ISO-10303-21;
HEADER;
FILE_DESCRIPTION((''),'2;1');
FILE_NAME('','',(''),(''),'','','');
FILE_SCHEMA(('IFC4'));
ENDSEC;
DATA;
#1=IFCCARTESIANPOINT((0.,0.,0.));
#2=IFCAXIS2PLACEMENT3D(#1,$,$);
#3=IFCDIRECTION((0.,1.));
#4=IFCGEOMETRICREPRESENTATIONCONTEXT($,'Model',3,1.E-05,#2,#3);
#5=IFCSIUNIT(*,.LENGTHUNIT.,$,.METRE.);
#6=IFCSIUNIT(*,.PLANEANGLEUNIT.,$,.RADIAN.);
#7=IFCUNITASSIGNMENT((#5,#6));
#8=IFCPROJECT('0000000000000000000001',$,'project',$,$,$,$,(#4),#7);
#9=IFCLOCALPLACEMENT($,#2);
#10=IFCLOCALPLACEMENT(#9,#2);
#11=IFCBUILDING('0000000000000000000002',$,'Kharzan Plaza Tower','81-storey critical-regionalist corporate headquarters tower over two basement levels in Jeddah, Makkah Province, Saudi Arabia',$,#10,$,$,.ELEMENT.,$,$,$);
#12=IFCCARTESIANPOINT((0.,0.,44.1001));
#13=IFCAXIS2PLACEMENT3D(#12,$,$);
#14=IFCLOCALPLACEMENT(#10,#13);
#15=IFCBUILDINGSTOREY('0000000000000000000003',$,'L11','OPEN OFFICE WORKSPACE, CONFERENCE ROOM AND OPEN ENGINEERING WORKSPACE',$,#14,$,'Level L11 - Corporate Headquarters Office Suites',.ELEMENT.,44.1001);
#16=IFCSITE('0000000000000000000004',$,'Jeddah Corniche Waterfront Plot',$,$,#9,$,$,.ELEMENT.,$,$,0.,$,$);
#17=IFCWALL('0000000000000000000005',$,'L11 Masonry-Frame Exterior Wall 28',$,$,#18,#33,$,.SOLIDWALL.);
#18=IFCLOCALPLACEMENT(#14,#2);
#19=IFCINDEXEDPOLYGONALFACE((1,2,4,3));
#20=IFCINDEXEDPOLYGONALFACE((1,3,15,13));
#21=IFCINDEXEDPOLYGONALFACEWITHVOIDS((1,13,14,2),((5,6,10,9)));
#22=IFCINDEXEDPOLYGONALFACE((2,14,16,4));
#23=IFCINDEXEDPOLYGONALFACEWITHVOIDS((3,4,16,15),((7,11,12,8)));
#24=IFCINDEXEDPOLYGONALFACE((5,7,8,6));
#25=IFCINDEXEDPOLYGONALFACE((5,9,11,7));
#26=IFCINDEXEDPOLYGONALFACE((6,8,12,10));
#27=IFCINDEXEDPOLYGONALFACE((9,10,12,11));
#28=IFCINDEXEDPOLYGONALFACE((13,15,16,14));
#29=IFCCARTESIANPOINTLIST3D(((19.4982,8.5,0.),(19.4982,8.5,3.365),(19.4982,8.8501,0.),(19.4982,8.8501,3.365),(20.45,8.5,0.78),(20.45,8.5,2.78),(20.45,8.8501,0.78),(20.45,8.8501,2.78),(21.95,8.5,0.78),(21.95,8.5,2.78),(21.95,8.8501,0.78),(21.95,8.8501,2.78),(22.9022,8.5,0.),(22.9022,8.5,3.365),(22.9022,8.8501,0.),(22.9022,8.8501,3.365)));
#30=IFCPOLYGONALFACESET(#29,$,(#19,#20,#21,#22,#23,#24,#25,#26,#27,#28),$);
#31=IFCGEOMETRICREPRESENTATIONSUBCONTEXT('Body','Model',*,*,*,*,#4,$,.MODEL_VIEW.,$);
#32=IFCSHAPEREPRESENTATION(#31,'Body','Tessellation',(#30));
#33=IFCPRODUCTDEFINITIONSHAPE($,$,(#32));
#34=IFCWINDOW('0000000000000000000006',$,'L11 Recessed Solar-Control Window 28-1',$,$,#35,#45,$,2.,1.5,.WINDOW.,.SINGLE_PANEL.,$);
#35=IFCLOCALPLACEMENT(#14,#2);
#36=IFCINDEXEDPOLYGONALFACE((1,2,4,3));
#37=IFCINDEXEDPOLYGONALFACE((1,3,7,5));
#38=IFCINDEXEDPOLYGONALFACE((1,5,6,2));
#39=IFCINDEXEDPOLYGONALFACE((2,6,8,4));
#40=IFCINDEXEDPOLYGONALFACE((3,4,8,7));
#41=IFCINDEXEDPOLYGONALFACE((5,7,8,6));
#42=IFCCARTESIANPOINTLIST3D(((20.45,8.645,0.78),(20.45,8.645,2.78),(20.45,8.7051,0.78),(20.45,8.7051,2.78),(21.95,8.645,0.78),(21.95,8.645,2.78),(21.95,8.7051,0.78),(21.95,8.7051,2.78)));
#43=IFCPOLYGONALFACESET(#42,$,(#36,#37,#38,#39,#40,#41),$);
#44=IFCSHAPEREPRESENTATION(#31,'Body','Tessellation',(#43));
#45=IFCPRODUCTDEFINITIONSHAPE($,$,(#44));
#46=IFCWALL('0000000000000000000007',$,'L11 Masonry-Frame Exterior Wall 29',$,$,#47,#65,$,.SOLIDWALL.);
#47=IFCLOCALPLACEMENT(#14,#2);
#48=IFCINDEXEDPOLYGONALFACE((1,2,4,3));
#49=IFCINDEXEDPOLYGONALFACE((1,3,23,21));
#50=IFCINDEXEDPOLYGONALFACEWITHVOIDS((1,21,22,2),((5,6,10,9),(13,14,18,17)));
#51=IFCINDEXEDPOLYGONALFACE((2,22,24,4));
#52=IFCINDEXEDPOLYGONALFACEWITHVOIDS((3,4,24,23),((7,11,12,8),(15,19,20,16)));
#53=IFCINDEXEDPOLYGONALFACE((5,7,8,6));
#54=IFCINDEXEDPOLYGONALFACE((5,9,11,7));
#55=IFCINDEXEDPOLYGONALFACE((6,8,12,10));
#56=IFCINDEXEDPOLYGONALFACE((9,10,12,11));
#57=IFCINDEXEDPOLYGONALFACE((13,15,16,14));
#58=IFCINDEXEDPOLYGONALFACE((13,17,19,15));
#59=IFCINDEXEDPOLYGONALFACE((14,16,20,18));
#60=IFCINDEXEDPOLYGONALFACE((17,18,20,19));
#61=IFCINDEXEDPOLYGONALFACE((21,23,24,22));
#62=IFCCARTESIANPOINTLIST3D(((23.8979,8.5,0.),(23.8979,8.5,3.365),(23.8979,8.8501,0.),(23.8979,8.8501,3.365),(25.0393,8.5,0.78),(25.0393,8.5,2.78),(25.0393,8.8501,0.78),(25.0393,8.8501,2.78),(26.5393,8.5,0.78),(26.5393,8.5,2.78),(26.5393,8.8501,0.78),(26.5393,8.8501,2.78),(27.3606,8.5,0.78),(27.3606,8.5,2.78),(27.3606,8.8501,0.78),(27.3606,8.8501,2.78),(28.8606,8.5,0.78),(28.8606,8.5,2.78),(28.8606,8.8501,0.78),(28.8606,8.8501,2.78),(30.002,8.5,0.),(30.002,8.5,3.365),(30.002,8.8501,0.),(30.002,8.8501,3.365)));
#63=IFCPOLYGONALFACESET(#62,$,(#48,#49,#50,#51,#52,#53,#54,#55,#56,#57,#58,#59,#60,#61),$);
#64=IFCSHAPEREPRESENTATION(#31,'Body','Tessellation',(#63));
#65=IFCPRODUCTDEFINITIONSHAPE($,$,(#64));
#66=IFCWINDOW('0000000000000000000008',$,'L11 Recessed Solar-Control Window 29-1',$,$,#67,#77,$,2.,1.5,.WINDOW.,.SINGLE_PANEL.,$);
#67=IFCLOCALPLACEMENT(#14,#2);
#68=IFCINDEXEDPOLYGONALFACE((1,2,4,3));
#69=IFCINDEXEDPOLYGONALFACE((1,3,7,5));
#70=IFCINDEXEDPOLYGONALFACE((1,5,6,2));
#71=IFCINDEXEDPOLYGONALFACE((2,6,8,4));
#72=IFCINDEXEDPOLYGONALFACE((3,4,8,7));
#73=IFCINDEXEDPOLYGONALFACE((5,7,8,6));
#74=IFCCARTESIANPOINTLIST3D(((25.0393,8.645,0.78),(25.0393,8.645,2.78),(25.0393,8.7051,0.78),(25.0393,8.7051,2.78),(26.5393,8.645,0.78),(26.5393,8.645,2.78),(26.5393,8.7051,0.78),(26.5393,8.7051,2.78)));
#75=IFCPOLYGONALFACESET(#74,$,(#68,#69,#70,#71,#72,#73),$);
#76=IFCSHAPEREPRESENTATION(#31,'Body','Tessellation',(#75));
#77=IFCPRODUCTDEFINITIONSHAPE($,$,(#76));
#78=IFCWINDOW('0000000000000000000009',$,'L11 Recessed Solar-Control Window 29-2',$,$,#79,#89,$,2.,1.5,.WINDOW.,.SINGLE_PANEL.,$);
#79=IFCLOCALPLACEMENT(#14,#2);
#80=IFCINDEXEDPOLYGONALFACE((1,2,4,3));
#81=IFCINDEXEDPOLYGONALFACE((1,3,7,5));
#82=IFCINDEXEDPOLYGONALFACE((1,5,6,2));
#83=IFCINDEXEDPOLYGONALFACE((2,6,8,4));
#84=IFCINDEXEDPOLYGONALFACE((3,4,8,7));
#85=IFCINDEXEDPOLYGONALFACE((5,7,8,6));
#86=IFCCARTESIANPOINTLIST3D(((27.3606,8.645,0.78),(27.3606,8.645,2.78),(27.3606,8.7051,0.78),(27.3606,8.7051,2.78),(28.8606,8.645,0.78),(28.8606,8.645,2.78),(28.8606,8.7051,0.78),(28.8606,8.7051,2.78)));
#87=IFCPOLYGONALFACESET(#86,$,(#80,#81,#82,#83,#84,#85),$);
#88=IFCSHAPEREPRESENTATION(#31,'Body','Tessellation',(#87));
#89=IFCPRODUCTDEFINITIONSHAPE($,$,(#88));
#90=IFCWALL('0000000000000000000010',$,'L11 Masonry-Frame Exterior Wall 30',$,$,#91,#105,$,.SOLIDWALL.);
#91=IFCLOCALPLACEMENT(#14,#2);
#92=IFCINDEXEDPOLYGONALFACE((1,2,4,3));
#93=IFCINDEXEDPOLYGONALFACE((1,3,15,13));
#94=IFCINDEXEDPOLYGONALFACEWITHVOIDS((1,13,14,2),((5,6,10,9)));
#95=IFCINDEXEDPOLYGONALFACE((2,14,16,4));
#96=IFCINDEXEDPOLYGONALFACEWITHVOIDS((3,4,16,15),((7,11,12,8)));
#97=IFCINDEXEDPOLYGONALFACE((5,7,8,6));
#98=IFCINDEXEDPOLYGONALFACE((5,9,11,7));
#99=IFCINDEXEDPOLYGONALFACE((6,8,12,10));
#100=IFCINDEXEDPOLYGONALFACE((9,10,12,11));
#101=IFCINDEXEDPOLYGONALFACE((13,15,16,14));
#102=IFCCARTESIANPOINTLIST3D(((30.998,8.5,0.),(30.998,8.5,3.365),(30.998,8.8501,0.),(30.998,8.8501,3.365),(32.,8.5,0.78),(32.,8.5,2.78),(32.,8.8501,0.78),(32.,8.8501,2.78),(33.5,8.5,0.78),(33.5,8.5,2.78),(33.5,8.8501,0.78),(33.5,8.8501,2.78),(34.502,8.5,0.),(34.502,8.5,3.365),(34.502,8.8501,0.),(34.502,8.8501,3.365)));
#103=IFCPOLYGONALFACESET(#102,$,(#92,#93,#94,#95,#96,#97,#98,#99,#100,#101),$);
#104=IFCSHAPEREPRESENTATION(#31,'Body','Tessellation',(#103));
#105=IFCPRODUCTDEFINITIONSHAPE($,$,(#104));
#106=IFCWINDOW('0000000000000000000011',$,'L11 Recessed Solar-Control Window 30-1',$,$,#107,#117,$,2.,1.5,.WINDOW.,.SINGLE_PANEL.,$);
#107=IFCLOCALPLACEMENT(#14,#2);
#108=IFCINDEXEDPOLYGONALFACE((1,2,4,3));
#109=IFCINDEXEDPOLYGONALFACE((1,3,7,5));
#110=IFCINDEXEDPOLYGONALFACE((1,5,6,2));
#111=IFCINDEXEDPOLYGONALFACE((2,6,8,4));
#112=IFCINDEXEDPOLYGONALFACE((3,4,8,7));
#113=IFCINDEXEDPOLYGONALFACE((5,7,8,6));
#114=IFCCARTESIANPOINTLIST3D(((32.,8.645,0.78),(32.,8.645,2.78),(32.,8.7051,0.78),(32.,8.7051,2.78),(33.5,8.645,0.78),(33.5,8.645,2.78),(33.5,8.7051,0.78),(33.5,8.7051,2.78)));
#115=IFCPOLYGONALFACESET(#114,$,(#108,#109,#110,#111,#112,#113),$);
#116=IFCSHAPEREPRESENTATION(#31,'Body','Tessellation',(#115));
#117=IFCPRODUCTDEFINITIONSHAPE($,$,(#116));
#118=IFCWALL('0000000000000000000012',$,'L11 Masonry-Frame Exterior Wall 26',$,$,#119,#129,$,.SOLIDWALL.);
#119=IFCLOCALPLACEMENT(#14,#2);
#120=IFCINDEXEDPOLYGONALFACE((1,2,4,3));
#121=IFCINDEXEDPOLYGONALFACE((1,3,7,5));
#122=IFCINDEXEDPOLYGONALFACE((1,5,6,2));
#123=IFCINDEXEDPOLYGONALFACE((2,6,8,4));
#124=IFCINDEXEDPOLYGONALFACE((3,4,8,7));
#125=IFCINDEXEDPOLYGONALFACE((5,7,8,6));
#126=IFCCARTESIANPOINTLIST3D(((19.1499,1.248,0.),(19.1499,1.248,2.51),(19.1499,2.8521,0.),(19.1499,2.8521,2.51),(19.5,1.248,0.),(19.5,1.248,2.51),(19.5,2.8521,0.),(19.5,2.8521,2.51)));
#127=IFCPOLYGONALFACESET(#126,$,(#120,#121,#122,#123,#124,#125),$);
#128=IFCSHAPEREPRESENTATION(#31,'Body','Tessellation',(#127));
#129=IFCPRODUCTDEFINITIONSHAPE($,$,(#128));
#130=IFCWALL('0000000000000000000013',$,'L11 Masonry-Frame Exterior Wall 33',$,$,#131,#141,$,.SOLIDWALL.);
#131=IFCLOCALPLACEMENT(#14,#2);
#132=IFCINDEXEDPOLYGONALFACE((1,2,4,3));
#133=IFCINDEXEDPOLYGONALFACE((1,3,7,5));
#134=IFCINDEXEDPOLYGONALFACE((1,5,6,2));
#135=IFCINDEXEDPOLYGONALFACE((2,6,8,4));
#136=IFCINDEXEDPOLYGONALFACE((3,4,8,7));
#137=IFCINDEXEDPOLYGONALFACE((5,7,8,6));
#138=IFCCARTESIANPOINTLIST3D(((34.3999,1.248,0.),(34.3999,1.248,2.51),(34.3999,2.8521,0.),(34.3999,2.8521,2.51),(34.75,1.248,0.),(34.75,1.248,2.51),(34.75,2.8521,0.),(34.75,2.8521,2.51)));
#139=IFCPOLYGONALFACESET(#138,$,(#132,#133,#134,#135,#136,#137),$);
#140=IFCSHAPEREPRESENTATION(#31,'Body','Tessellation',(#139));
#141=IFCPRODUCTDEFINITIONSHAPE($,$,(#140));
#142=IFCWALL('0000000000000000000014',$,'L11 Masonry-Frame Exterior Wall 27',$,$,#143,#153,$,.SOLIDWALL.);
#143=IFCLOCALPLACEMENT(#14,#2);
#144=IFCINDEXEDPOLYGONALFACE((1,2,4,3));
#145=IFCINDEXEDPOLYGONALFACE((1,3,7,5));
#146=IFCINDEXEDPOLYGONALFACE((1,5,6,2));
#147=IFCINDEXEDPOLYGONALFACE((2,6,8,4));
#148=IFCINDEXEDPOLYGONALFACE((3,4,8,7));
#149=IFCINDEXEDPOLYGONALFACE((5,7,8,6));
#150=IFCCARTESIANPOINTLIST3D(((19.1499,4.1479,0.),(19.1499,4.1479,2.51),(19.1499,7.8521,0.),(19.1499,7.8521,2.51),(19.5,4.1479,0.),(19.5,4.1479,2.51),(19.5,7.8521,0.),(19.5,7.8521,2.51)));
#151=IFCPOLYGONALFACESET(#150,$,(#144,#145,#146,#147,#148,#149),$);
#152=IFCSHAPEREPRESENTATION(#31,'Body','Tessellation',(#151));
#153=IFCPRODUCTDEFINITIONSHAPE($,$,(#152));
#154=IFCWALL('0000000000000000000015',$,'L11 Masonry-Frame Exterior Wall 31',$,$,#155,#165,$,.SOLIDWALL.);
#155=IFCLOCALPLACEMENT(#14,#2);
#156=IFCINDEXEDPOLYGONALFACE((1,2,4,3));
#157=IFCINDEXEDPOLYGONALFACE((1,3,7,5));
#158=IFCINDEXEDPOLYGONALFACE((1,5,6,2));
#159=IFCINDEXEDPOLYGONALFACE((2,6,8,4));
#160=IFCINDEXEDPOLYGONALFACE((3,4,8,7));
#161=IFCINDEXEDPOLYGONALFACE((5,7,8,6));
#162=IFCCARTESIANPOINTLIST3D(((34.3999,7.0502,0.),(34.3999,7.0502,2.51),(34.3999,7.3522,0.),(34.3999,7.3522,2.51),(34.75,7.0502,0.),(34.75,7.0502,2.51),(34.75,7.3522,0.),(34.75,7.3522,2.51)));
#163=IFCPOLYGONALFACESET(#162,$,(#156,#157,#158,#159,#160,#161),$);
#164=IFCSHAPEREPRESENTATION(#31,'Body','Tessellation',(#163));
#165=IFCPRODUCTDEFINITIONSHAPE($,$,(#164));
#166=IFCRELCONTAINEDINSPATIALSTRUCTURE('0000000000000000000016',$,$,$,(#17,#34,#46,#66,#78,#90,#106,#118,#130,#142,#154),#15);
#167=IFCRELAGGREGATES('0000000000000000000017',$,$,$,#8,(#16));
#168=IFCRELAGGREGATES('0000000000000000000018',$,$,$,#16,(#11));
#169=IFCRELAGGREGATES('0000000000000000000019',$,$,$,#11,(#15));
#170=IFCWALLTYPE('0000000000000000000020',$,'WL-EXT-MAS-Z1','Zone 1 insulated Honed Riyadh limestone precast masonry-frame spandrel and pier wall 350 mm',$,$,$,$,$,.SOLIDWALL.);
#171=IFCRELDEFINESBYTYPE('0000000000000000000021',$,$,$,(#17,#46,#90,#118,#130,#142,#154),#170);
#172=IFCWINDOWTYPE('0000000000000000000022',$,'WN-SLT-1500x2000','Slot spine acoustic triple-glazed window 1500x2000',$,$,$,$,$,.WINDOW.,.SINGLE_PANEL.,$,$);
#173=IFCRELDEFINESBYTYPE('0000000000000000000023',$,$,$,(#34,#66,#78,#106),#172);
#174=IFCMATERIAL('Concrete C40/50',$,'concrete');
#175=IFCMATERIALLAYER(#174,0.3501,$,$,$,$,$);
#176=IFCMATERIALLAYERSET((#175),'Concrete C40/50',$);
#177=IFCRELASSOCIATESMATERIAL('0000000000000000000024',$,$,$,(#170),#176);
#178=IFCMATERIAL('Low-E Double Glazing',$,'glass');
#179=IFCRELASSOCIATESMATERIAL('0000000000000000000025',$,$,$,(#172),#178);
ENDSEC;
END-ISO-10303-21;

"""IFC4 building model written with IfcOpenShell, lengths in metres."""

from ifc_helpers import new_model, si_unit, direction, frame, frame_2d, origin, place, context, subcontext, project, spatial, rectangle, extrude, source, transform, mapped, material, layer, layer_set, type_object, element, fill, save


model = new_model("IFC4")

# Units and contexts
model_context = context("Model", 3, precision=1e-05, world=origin(), true_north=direction((0.0, 1.0)))
body_context = subcontext(model_context, "Body", "Model", "MODEL_VIEW")
ifc_project = project(units=[si_unit("LENGTHUNIT", "METRE"), si_unit("PLANEANGLEUNIT", "RADIAN")], contexts=[model_context])

# Site, building, storey
site_placement = place(None, origin())
site = spatial("IfcSite", under=ifc_project, at=site_placement, Name="Jeddah Corniche Waterfront Plot", CompositionType="ELEMENT", RefElevation=0.0)
building_placement = place(site_placement, origin())
building = spatial("IfcBuilding", under=site, at=building_placement, Name="Kharzan Plaza Tower", Description="81-storey critical-regionalist corporate headquarters tower over two basement levels in Jeddah, Makkah Province, Saudi Arabia", CompositionType="ELEMENT")
storey_placement = place(building_placement, frame((0.0, 0.0, 44.1001)))
storey = spatial("IfcBuildingStorey", under=building, at=storey_placement, Name="L11", Description="OPEN OFFICE WORKSPACE, CONFERENCE ROOM AND OPEN ENGINEERING WORKSPACE", LongName="Level L11 - Corporate Headquarters Office Suites", CompositionType="ELEMENT", Elevation=44.1001)

# Wall, opening, window
ifc_material_1 = material(Name="Concrete C40/50", Category="concrete")
ifc_layer_1 = layer(ifc_material_1, 0.3501)
ifc_layer_set_1 = layer_set([ifc_layer_1], Name="Concrete C40/50")
wall_type = type_object("IfcWallType", Name="WL-EXT-MAS-Z1", Description="Zone 1 insulated Honed Riyadh limestone precast masonry-frame spandrel and pier wall 350 mm", PredefinedType="SOLIDWALL", material=ifc_layer_set_1)
wall_1_placement = place(storey_placement, frame((19.498, 8.675, 0.0), z_axis=(0.0, 0.0, 1.0), x_axis=(1.0, 0.0, 0.0)))
wall_1 = element("IfcWall", 1, at=wall_1_placement, inside=storey, type_object=wall_type, Name="L11 Masonry-Frame Exterior Wall 28", PredefinedType="SOLIDWALL", context=body_context, shape_type="SweptSolid", body=[
    extrude(rectangle(XDim=3.4041, YDim=0.3501, at=frame_2d((1.7021, 0.0))), origin(), (0.0, 0.0, 1.0), 3.365),
])
opening_1_placement = place(wall_1_placement, frame((0.9519, 0.0, 0.78)))
opening_1 = element("IfcOpeningElement", 2, at=opening_1_placement, cuts=wall_1, PredefinedType="OPENING", context=body_context, shape_type="SweptSolid", body=[
    extrude(rectangle(XDim=1.5, YDim=2.0, at=frame_2d((0.75, 1.0))), frame((0.0, 0.1851, 0.0), z_axis=(0.0, -1.0, 0.0), x_axis=(1.0, 0.0, 0.0)), (0.0, 0.0, 1.0), 0.3701),
])
ifc_material_2 = material(Name="Low-E Double Glazing", Category="glass")
window_type = type_object("IfcWindowType", Name="WN-SLT-1500x2000", Description="Slot spine acoustic triple-glazed window 1500x2000", PartitioningType="SINGLE_PANEL", PredefinedType="WINDOW", material=ifc_material_2)
shared_shape_1 = source(origin(), body_context, "Body", "SweptSolid", [
    extrude(rectangle(XDim=1.5, YDim=2.0, at=frame_2d((0.75, 1.0))), frame((0.0, 0.03, 0.0), z_axis=(0.0, -1.0, 0.0), x_axis=(1.0, 0.0, 0.0)), (0.0, 0.0, 1.0), 0.0601),
])
window_1_placement = place(opening_1_placement, origin())
window_1 = element("IfcWindow", 3, at=window_1_placement, inside=storey, type_object=window_type, Name="L11 Recessed Solar-Control Window 28-1", OverallHeight=2.0, OverallWidth=1.5, PartitioningType="SINGLE_PANEL", PredefinedType="WINDOW", context=body_context, shape_type="MappedRepresentation", body=[
    mapped(shared_shape_1, transform((0.0, 0.0, 0.0), x_axis=(1.0, 0.0, 0.0), y_axis=(0.0, 1.0, 0.0), z_axis=(0.0, 0.0, 1.0))),
])
fill(opening_1, window_1)

# Wall, openings, windows
wall_2_placement = place(storey_placement, frame((23.8979, 8.675, 0.0), z_axis=(0.0, 0.0, 1.0), x_axis=(1.0, 0.0, 0.0)))
wall_2 = element("IfcWall", 4, at=wall_2_placement, inside=storey, type_object=wall_type, Name="L11 Masonry-Frame Exterior Wall 29", PredefinedType="SOLIDWALL", context=body_context, shape_type="SweptSolid", body=[
    extrude(rectangle(XDim=6.104, YDim=0.3501, at=frame_2d((3.052, 0.0))), origin(), (0.0, 0.0, 1.0), 3.365),
])
opening_2_placement = place(wall_2_placement, frame((1.1414, 0.0, 0.78)))
opening_2 = element("IfcOpeningElement", 5, at=opening_2_placement, cuts=wall_2, PredefinedType="OPENING", context=body_context, shape_type="SweptSolid", body=[
    extrude(rectangle(XDim=1.5, YDim=2.0, at=frame_2d((0.75, 1.0))), frame((0.0, 0.1851, 0.0), z_axis=(0.0, -1.0, 0.0), x_axis=(1.0, 0.0, 0.0)), (0.0, 0.0, 1.0), 0.3701),
])
opening_3_placement = place(wall_2_placement, frame((3.4626, 0.0, 0.78)))
opening_3 = element("IfcOpeningElement", 6, at=opening_3_placement, cuts=wall_2, PredefinedType="OPENING", context=body_context, shape_type="SweptSolid", body=[
    extrude(rectangle(XDim=1.5, YDim=2.0, at=frame_2d((0.75, 1.0))), frame((0.0, 0.1851, 0.0), z_axis=(0.0, -1.0, 0.0), x_axis=(1.0, 0.0, 0.0)), (0.0, 0.0, 1.0), 0.3701),
])
window_2_placement = place(opening_2_placement, origin())
window_2 = element("IfcWindow", 7, at=window_2_placement, inside=storey, type_object=window_type, Name="L11 Recessed Solar-Control Window 29-1", OverallHeight=2.0, OverallWidth=1.5, PartitioningType="SINGLE_PANEL", PredefinedType="WINDOW", context=body_context, shape_type="MappedRepresentation", body=[
    mapped(shared_shape_1, transform((0.0, 0.0, 0.0), x_axis=(1.0, 0.0, 0.0), y_axis=(0.0, 1.0, 0.0), z_axis=(0.0, 0.0, 1.0))),
])
fill(opening_2, window_2)
window_3_placement = place(opening_3_placement, origin())
window_3 = element("IfcWindow", 8, at=window_3_placement, inside=storey, type_object=window_type, Name="L11 Recessed Solar-Control Window 29-2", OverallHeight=2.0, OverallWidth=1.5, PartitioningType="SINGLE_PANEL", PredefinedType="WINDOW", context=body_context, shape_type="MappedRepresentation", body=[
    mapped(shared_shape_1, transform((0.0, 0.0, 0.0), x_axis=(1.0, 0.0, 0.0), y_axis=(0.0, 1.0, 0.0), z_axis=(0.0, 0.0, 1.0))),
])
fill(opening_3, window_3)

# Wall, opening, window
wall_3_placement = place(storey_placement, frame((30.998, 8.675, 0.0), z_axis=(0.0, 0.0, 1.0), x_axis=(1.0, 0.0, 0.0)))
wall_3 = element("IfcWall", 9, at=wall_3_placement, inside=storey, type_object=wall_type, Name="L11 Masonry-Frame Exterior Wall 30", PredefinedType="SOLIDWALL", context=body_context, shape_type="SweptSolid", body=[
    extrude(rectangle(XDim=3.5039, YDim=0.3501, at=frame_2d((1.752, 0.0))), origin(), (0.0, 0.0, 1.0), 3.365),
])
opening_4_placement = place(wall_3_placement, frame((1.002, 0.0, 0.78)))
opening_4 = element("IfcOpeningElement", 10, at=opening_4_placement, cuts=wall_3, PredefinedType="OPENING", context=body_context, shape_type="SweptSolid", body=[
    extrude(rectangle(XDim=1.5, YDim=2.0, at=frame_2d((0.75, 1.0))), frame((0.0, 0.1851, 0.0), z_axis=(0.0, -1.0, 0.0), x_axis=(1.0, 0.0, 0.0)), (0.0, 0.0, 1.0), 0.3701),
])
window_4_placement = place(opening_4_placement, origin())
window_4 = element("IfcWindow", 11, at=window_4_placement, inside=storey, type_object=window_type, Name="L11 Recessed Solar-Control Window 30-1", OverallHeight=2.0, OverallWidth=1.5, PartitioningType="SINGLE_PANEL", PredefinedType="WINDOW", context=body_context, shape_type="MappedRepresentation", body=[
    mapped(shared_shape_1, transform((0.0, 0.0, 0.0), x_axis=(1.0, 0.0, 0.0), y_axis=(0.0, 1.0, 0.0), z_axis=(0.0, 0.0, 1.0))),
])
fill(opening_4, window_4)

# Walls
shared_shape_2 = source(origin(), body_context, "Body", "SweptSolid", [
    extrude(rectangle(XDim=1.604, YDim=0.3501, at=frame_2d((0.802, 0.0))), origin(), (0.0, 0.0, 1.0), 2.51),
])
for number, where, z_axis, x_axis, name in (
    (12, (19.325, 1.248, 0.0), (0.0, 0.0, 1.0), (0.0, 1.0, 0.0), "L11 Masonry-Frame Exterior Wall 26"),
    (13, (34.575, 2.8521, 0.0), (0.0, 0.0, 1.0), (0.0, -1.0, 0.0), "L11 Masonry-Frame Exterior Wall 33"),
):
    element("IfcWall", number, at=place(storey_placement, frame(where, z_axis=z_axis, x_axis=x_axis)), inside=storey, type_object=wall_type, Name=name, PredefinedType="SOLIDWALL", context=body_context, shape_type="MappedRepresentation", body=[
        mapped(shared_shape_2, transform((0.0, 0.0, 0.0), x_axis=(1.0, 0.0, 0.0), y_axis=(0.0, 1.0, 0.0), z_axis=(0.0, 0.0, 1.0))),
    ])
shared_shape_3 = source(origin(), body_context, "Body", "SweptSolid", [
    extrude(rectangle(XDim=3.7041, YDim=0.3501, at=frame_2d((1.8521, 0.0))), origin(), (0.0, 0.0, 1.0), 2.51),
])
wall_4_placement = place(storey_placement, frame((19.325, 4.1479, 0.0), z_axis=(0.0, 0.0, 1.0), x_axis=(0.0, 1.0, 0.0)))
element("IfcWall", 14, at=wall_4_placement, inside=storey, type_object=wall_type, Name="L11 Masonry-Frame Exterior Wall 27", PredefinedType="SOLIDWALL", context=body_context, shape_type="MappedRepresentation", body=[
    mapped(shared_shape_3, transform((0.0, 0.0, 0.0), x_axis=(1.0, 0.0, 0.0), y_axis=(0.0, 1.0, 0.0), z_axis=(0.0, 0.0, 1.0))),
])
shared_shape_4 = source(origin(), body_context, "Body", "SweptSolid", [
    extrude(rectangle(XDim=0.302, YDim=0.3501, at=frame_2d((0.1509, 0.0))), origin(), (0.0, 0.0, 1.0), 2.51),
])
wall_5_placement = place(storey_placement, frame((34.575, 7.3521, 0.0), z_axis=(0.0, 0.0, 1.0), x_axis=(0.0, -1.0, 0.0)))
element("IfcWall", 15, at=wall_5_placement, inside=storey, type_object=wall_type, Name="L11 Masonry-Frame Exterior Wall 31", PredefinedType="SOLIDWALL", context=body_context, shape_type="MappedRepresentation", body=[
    mapped(shared_shape_4, transform((0.0, 0.0, 0.0), x_axis=(1.0, 0.0, 0.0), y_axis=(0.0, 1.0, 0.0), z_axis=(0.0, 0.0, 1.0))),
])

save(model, "model.ifc")
